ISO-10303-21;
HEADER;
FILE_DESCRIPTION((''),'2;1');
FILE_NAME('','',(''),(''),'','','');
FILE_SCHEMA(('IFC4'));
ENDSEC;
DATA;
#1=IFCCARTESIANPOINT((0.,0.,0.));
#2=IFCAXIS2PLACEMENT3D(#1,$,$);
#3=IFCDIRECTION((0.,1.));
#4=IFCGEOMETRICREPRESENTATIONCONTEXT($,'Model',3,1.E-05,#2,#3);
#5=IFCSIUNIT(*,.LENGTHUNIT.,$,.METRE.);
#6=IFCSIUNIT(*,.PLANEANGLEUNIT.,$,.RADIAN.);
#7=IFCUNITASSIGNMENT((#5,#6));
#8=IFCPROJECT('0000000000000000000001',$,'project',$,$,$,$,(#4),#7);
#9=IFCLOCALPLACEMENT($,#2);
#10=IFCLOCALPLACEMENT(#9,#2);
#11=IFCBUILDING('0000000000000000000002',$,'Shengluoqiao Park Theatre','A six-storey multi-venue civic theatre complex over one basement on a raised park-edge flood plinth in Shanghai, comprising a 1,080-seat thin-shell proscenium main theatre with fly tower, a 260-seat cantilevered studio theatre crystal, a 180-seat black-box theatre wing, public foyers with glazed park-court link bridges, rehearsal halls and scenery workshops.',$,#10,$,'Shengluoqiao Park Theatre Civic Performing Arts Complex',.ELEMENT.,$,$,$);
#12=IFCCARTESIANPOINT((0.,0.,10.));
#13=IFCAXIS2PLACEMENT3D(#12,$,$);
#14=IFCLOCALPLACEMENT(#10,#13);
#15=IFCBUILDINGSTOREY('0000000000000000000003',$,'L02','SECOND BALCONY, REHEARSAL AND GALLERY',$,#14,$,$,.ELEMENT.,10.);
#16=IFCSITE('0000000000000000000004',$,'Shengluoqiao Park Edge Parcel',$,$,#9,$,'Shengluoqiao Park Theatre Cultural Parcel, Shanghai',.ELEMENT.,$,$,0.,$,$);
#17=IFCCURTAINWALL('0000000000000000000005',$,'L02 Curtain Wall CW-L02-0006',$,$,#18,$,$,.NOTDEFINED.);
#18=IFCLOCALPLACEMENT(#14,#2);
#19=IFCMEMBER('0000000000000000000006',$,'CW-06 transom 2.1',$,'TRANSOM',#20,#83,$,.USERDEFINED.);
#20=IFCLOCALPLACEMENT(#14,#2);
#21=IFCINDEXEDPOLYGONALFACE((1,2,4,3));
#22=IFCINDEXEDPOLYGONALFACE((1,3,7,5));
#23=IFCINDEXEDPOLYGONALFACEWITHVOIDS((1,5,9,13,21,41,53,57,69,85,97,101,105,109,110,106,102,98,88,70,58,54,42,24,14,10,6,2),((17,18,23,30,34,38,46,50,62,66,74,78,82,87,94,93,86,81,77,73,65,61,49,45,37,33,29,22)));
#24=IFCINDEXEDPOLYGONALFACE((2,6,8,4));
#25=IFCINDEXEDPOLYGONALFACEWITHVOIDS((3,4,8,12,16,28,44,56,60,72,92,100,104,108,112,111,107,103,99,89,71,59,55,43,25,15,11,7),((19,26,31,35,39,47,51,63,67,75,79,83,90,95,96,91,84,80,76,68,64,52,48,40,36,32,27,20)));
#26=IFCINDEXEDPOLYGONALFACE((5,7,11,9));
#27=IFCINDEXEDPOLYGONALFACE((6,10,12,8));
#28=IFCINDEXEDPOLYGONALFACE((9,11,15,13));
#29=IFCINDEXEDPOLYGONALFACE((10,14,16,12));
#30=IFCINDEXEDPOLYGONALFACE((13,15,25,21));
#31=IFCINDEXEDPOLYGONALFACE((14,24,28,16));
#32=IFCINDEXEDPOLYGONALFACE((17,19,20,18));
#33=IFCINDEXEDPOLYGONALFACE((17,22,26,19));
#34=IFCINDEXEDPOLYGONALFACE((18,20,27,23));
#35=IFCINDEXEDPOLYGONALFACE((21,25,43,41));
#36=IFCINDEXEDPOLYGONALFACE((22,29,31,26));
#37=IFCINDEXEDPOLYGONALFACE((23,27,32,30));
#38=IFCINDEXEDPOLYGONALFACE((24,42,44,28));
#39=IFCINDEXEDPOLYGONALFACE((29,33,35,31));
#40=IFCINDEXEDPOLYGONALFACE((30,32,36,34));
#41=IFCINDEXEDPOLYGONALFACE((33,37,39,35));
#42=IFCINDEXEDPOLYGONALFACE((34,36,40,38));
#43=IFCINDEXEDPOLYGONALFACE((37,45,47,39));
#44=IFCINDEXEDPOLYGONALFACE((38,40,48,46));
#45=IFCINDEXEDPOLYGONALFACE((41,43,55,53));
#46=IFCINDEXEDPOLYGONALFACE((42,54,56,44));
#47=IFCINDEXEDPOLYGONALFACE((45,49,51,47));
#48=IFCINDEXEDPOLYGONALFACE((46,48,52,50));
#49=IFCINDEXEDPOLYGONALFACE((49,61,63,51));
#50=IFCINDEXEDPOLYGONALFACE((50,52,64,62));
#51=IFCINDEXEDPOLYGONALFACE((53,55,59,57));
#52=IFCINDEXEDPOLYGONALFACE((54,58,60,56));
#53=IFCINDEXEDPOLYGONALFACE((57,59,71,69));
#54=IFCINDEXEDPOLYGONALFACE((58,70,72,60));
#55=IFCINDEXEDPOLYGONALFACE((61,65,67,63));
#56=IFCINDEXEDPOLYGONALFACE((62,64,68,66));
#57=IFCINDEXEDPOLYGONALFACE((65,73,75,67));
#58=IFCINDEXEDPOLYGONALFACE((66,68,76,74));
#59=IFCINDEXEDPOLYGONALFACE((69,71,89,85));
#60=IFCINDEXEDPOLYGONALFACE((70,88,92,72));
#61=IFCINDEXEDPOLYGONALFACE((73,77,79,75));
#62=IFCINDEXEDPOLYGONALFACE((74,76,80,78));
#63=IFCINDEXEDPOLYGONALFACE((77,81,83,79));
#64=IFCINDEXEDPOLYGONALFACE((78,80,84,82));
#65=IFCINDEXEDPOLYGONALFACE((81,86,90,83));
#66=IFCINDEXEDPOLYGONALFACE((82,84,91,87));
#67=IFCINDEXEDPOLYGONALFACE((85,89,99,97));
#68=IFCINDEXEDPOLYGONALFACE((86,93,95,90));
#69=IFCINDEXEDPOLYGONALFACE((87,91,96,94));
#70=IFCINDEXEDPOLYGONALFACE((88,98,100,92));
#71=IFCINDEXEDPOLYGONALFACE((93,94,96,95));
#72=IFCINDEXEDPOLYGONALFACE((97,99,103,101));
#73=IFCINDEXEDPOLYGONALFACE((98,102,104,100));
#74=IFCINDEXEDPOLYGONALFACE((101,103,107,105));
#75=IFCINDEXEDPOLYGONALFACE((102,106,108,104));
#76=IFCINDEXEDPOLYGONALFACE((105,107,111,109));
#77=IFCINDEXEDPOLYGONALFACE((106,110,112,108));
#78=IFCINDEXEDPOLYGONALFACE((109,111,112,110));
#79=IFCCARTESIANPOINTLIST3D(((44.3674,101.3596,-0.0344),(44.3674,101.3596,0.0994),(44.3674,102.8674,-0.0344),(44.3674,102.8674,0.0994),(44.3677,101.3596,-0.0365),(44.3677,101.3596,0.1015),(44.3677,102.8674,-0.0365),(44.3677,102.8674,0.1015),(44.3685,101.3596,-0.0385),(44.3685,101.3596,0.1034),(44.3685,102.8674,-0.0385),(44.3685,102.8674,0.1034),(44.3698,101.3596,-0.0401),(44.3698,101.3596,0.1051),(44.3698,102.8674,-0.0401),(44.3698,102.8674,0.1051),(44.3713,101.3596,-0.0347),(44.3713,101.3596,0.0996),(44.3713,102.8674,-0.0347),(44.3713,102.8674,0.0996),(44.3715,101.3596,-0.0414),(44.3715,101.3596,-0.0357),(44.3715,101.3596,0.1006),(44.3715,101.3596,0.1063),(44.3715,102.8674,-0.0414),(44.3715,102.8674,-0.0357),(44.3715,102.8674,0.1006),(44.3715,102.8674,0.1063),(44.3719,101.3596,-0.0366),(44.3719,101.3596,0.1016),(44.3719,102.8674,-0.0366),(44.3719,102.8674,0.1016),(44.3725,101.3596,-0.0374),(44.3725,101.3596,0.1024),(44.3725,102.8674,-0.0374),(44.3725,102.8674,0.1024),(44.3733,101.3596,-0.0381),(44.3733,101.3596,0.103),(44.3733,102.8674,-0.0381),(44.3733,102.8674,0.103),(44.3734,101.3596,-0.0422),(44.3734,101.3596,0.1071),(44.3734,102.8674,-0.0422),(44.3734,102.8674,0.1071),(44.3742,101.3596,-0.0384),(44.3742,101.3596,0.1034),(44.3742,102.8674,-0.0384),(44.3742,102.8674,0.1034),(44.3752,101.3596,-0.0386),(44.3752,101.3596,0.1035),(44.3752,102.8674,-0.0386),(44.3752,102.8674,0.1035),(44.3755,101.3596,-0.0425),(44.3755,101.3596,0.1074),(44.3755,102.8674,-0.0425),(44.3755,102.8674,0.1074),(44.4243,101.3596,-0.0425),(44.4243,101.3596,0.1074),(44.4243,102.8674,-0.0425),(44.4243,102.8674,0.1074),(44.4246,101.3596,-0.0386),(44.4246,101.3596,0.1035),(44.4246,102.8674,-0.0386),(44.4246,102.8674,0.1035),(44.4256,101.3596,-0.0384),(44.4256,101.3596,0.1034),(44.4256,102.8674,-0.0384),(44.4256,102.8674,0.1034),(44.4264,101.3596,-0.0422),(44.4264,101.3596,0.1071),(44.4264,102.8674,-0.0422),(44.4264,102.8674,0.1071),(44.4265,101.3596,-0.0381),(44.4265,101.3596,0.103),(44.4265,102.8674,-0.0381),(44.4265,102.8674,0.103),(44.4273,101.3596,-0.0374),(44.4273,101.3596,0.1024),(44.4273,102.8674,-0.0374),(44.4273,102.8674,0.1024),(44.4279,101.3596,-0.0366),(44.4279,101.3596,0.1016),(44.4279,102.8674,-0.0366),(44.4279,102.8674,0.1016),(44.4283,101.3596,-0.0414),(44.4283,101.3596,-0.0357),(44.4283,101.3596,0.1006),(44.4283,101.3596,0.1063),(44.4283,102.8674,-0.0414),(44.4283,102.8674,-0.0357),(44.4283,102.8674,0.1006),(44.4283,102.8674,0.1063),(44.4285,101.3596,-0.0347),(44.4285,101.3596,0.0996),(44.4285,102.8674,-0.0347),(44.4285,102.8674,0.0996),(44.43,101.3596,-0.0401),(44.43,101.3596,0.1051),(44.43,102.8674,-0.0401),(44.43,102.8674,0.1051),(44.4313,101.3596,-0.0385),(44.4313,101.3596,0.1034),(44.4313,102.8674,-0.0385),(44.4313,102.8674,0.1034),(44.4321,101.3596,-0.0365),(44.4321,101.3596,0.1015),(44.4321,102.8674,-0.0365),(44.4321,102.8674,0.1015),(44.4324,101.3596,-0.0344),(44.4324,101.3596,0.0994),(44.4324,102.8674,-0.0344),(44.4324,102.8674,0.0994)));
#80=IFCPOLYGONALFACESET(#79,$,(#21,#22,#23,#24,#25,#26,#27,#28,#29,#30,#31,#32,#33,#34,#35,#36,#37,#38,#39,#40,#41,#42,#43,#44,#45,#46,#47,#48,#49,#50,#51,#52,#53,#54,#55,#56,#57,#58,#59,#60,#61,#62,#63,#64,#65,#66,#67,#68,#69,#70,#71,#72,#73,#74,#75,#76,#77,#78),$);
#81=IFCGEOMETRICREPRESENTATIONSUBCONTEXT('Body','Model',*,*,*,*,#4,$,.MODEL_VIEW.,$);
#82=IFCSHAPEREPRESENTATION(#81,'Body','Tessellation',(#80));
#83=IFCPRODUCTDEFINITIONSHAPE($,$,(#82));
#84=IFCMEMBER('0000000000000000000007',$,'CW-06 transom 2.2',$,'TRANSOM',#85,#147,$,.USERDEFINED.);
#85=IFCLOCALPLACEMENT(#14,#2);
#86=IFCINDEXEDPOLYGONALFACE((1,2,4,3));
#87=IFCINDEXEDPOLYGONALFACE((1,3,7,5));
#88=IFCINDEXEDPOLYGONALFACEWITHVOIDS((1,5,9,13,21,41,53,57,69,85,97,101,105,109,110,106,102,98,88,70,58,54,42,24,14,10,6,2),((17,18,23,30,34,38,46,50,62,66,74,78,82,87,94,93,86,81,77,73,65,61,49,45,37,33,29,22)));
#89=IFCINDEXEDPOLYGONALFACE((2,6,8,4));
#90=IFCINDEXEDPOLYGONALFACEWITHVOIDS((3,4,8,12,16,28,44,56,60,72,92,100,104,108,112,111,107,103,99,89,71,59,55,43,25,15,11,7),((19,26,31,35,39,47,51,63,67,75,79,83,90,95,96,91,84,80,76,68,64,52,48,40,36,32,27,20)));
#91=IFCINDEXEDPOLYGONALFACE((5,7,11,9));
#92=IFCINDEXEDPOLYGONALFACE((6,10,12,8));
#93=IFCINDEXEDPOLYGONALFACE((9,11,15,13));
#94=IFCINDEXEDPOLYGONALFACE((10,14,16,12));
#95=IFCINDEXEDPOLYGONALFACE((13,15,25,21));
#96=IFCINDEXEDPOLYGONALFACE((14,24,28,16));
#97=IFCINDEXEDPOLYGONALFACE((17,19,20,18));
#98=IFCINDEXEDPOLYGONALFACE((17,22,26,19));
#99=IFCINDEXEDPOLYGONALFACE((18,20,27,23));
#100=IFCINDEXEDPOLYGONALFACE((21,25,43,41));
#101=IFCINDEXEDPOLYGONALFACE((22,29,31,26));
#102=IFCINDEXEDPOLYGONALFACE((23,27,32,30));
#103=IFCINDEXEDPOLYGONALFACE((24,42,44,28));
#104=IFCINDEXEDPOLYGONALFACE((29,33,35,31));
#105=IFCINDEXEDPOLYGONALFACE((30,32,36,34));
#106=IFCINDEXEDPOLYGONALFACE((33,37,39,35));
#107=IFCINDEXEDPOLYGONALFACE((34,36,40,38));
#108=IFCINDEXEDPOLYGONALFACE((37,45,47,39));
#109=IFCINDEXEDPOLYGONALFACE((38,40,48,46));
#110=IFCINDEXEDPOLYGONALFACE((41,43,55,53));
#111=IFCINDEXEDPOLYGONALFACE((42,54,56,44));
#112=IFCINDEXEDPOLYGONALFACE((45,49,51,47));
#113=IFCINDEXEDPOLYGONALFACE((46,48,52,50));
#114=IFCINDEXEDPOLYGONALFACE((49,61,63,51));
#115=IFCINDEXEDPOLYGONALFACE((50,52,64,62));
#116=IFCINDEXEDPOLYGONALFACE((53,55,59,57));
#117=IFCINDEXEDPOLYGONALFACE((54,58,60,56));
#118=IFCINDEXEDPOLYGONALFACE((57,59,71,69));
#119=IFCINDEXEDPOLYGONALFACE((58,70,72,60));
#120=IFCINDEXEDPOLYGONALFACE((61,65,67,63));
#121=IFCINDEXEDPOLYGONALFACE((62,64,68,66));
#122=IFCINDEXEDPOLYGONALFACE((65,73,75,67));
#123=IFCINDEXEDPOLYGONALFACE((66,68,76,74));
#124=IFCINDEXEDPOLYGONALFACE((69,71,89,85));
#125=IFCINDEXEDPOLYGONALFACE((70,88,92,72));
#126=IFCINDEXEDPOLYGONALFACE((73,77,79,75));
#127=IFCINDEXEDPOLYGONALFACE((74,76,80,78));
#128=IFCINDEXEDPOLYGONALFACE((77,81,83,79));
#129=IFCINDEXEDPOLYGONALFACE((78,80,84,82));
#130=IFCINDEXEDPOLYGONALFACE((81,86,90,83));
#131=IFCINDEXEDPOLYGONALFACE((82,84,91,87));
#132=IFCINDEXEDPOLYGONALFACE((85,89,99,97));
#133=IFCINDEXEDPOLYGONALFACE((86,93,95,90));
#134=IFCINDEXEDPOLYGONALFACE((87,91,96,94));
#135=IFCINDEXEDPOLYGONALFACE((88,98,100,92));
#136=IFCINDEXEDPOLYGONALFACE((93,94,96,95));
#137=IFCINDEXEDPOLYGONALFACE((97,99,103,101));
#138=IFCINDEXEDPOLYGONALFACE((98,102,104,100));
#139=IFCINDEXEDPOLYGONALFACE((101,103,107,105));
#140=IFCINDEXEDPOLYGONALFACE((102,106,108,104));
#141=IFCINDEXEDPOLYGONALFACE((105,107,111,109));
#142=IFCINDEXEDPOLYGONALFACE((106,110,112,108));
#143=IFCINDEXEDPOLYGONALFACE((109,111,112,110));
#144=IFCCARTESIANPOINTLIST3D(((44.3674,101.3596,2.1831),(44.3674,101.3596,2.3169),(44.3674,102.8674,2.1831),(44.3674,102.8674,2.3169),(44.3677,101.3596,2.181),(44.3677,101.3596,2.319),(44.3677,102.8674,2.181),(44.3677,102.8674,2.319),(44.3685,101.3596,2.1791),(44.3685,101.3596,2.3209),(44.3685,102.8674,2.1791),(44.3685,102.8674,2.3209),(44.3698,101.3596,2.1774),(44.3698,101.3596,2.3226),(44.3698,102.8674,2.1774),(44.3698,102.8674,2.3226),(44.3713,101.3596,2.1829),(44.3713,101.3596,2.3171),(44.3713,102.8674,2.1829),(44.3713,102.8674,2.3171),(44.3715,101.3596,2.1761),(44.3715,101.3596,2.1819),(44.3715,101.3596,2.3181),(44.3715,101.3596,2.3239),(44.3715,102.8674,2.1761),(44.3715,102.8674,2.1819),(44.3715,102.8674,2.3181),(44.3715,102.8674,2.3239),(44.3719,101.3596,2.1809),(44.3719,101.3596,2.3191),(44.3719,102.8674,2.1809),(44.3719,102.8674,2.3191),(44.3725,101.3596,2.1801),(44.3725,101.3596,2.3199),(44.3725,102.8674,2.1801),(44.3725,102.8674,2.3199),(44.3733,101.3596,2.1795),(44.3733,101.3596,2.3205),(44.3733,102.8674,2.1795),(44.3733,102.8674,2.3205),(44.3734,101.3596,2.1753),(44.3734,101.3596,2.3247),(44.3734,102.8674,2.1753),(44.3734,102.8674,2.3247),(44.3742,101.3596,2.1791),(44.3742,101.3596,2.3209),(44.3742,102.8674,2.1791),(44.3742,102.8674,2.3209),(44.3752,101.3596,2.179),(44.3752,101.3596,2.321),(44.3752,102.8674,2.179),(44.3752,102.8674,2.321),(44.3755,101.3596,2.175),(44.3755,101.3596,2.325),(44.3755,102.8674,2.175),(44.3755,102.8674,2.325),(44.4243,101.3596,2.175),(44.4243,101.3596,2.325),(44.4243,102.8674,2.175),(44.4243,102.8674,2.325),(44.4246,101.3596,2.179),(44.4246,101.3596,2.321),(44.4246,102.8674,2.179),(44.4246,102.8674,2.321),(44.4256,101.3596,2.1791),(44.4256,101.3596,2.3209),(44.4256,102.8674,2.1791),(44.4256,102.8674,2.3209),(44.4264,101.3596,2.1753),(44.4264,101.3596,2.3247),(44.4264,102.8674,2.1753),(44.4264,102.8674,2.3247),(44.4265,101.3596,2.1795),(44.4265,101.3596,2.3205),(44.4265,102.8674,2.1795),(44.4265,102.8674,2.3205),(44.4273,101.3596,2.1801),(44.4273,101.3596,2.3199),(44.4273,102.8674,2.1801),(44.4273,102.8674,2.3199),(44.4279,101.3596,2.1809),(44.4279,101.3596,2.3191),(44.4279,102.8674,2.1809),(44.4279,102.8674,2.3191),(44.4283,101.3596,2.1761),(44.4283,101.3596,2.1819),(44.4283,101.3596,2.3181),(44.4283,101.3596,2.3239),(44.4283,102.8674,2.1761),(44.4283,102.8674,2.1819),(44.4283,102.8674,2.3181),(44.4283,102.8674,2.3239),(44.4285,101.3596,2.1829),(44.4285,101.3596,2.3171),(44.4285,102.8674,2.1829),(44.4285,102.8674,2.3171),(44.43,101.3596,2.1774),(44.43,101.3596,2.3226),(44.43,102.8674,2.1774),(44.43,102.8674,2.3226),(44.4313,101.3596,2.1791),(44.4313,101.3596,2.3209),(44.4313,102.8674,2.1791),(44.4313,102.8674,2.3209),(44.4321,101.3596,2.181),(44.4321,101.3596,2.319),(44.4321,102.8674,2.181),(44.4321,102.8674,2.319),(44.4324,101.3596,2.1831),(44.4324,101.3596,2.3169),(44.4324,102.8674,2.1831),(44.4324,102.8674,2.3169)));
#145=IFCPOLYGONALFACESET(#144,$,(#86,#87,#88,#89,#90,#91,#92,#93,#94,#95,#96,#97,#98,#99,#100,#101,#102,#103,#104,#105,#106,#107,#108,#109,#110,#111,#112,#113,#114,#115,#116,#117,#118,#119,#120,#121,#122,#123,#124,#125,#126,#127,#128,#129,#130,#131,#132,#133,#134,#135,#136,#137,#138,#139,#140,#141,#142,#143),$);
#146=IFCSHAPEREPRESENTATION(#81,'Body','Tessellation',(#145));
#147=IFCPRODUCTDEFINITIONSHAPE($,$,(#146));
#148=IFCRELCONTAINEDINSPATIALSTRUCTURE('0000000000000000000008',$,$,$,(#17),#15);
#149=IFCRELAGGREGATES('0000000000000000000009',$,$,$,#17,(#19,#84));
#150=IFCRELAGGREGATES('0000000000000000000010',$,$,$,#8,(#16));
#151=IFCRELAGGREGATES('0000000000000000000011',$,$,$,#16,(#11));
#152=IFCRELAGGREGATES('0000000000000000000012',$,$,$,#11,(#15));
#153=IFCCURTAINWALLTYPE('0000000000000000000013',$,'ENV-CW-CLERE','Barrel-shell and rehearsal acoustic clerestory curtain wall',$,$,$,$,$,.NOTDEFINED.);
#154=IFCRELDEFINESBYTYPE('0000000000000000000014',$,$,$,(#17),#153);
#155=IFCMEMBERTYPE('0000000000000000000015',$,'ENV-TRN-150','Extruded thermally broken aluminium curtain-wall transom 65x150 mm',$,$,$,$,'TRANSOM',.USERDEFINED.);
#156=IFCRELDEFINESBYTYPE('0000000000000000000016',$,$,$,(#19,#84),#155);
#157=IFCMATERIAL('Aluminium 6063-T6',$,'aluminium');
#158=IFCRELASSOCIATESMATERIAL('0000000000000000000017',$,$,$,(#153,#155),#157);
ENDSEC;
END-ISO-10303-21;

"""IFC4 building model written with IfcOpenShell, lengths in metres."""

from ifc_helpers import new_model, si_unit, direction, frame, origin, origin_2d, place, context, subcontext, project, spatial, hollow_rectangle, extrude, material, material_profile, profile_set, type_object, element, aggregate, save


model = new_model("IFC4")

# Units and contexts
model_context = context("Model", 3, precision=1e-05, world=origin(), true_north=direction((0.0, 1.0)))
body_context = subcontext(model_context, "Body", "Model", "MODEL_VIEW")
ifc_project = project(units=[si_unit("LENGTHUNIT", "METRE"), si_unit("PLANEANGLEUNIT", "RADIAN")], contexts=[model_context])

# Site, building, storey
site_placement = place(None, origin())
site = spatial("IfcSite", under=ifc_project, at=site_placement, Name="Shengluoqiao Park Edge Parcel", LongName="Shengluoqiao Park Theatre Cultural Parcel, Shanghai", CompositionType="ELEMENT", RefElevation=0.0)
building_placement = place(site_placement, origin())
building = spatial("IfcBuilding", under=site, at=building_placement, Name="Shengluoqiao Park Theatre", Description="A six-storey multi-venue civic theatre complex over one basement on a raised park-edge flood plinth in Shanghai, comprising a 1,080-seat thin-shell proscenium main theatre with fly tower, a 260-seat cantilevered studio theatre crystal, a 180-seat black-box theatre wing, public foyers with glazed park-court link bridges, rehearsal halls and scenery workshops.", LongName="Shengluoqiao Park Theatre Civic Performing Arts Complex", CompositionType="ELEMENT")
storey_placement = place(building_placement, frame((0.0, 0.0, 10.0)))
storey = spatial("IfcBuildingStorey", under=building, at=storey_placement, Name="L02", Description="SECOND BALCONY, REHEARSAL AND GALLERY", CompositionType="ELEMENT", Elevation=10.0)

# Curtain wall, members
ifc_material_1 = material(Name="Aluminium 6063-T6", Category="aluminium")
curtain_wall_type = type_object("IfcCurtainWallType", Name="ENV-CW-CLERE", Description="Barrel-shell and rehearsal acoustic clerestory curtain wall", PredefinedType="NOTDEFINED", material=ifc_material_1)
curtain_wall_placement = place(storey_placement, origin())
curtain_wall = element("IfcCurtainWall", 1, at=curtain_wall_placement, inside=storey, type_object=curtain_wall_type, Name="L02 Curtain Wall CW-L02-0006", PredefinedType="NOTDEFINED")
ifc_material_profile_1 = material_profile(ifc_material_1, hollow_rectangle(XDim=0.0649, YDim=0.1499, WallThickness=0.0039, InnerFilletRadius=0.0039, OuterFilletRadius=0.0081, at=origin_2d()), Name="ALU TRANSOM 150x65x4")
ifc_profile_set_1 = profile_set([ifc_material_profile_1], Name="Aluminium 6063-T6")
member_type_1 = type_object("IfcMemberType", Name="ENV-TRN-150", Description="Extruded thermally broken aluminium curtain-wall transom 65x150 mm", ElementType="TRANSOM", PredefinedType="USERDEFINED", material=ifc_profile_set_1)
member_1_placement = place(storey_placement, frame((44.3999, 101.3596, 0.0325), z_axis=(0.0, 1.0, 0.0), x_axis=(-1.0, 0.0, 0.0)))
member_1 = element("IfcMember", 2, at=member_1_placement, type_object=member_type_1, Name="CW-06 transom 2.1", ObjectType="TRANSOM", PredefinedType="USERDEFINED", context=body_context, shape_type="SweptSolid", body=[
    extrude(hollow_rectangle(XDim=0.0649, YDim=0.1499, WallThickness=0.0039, InnerFilletRadius=0.0039, OuterFilletRadius=0.0081, at=origin_2d()), origin(), (0.0, 0.0, 1.0), 1.5078),
])
member_2_placement = place(storey_placement, frame((44.3999, 101.3596, 2.25), z_axis=(0.0, 1.0, 0.0), x_axis=(-1.0, 0.0, 0.0)))
member_2 = element("IfcMember", 3, at=member_2_placement, type_object=member_type_1, Name="CW-06 transom 2.2", ObjectType="TRANSOM", PredefinedType="USERDEFINED", context=body_context, shape_type="SweptSolid", body=[
    extrude(hollow_rectangle(XDim=0.0649, YDim=0.1499, WallThickness=0.0039, InnerFilletRadius=0.0039, OuterFilletRadius=0.0081, at=origin_2d()), origin(), (0.0, 0.0, 1.0), 1.5078),
])
aggregate(curtain_wall, [member_1, member_2])

save(model, "model.ifc")
